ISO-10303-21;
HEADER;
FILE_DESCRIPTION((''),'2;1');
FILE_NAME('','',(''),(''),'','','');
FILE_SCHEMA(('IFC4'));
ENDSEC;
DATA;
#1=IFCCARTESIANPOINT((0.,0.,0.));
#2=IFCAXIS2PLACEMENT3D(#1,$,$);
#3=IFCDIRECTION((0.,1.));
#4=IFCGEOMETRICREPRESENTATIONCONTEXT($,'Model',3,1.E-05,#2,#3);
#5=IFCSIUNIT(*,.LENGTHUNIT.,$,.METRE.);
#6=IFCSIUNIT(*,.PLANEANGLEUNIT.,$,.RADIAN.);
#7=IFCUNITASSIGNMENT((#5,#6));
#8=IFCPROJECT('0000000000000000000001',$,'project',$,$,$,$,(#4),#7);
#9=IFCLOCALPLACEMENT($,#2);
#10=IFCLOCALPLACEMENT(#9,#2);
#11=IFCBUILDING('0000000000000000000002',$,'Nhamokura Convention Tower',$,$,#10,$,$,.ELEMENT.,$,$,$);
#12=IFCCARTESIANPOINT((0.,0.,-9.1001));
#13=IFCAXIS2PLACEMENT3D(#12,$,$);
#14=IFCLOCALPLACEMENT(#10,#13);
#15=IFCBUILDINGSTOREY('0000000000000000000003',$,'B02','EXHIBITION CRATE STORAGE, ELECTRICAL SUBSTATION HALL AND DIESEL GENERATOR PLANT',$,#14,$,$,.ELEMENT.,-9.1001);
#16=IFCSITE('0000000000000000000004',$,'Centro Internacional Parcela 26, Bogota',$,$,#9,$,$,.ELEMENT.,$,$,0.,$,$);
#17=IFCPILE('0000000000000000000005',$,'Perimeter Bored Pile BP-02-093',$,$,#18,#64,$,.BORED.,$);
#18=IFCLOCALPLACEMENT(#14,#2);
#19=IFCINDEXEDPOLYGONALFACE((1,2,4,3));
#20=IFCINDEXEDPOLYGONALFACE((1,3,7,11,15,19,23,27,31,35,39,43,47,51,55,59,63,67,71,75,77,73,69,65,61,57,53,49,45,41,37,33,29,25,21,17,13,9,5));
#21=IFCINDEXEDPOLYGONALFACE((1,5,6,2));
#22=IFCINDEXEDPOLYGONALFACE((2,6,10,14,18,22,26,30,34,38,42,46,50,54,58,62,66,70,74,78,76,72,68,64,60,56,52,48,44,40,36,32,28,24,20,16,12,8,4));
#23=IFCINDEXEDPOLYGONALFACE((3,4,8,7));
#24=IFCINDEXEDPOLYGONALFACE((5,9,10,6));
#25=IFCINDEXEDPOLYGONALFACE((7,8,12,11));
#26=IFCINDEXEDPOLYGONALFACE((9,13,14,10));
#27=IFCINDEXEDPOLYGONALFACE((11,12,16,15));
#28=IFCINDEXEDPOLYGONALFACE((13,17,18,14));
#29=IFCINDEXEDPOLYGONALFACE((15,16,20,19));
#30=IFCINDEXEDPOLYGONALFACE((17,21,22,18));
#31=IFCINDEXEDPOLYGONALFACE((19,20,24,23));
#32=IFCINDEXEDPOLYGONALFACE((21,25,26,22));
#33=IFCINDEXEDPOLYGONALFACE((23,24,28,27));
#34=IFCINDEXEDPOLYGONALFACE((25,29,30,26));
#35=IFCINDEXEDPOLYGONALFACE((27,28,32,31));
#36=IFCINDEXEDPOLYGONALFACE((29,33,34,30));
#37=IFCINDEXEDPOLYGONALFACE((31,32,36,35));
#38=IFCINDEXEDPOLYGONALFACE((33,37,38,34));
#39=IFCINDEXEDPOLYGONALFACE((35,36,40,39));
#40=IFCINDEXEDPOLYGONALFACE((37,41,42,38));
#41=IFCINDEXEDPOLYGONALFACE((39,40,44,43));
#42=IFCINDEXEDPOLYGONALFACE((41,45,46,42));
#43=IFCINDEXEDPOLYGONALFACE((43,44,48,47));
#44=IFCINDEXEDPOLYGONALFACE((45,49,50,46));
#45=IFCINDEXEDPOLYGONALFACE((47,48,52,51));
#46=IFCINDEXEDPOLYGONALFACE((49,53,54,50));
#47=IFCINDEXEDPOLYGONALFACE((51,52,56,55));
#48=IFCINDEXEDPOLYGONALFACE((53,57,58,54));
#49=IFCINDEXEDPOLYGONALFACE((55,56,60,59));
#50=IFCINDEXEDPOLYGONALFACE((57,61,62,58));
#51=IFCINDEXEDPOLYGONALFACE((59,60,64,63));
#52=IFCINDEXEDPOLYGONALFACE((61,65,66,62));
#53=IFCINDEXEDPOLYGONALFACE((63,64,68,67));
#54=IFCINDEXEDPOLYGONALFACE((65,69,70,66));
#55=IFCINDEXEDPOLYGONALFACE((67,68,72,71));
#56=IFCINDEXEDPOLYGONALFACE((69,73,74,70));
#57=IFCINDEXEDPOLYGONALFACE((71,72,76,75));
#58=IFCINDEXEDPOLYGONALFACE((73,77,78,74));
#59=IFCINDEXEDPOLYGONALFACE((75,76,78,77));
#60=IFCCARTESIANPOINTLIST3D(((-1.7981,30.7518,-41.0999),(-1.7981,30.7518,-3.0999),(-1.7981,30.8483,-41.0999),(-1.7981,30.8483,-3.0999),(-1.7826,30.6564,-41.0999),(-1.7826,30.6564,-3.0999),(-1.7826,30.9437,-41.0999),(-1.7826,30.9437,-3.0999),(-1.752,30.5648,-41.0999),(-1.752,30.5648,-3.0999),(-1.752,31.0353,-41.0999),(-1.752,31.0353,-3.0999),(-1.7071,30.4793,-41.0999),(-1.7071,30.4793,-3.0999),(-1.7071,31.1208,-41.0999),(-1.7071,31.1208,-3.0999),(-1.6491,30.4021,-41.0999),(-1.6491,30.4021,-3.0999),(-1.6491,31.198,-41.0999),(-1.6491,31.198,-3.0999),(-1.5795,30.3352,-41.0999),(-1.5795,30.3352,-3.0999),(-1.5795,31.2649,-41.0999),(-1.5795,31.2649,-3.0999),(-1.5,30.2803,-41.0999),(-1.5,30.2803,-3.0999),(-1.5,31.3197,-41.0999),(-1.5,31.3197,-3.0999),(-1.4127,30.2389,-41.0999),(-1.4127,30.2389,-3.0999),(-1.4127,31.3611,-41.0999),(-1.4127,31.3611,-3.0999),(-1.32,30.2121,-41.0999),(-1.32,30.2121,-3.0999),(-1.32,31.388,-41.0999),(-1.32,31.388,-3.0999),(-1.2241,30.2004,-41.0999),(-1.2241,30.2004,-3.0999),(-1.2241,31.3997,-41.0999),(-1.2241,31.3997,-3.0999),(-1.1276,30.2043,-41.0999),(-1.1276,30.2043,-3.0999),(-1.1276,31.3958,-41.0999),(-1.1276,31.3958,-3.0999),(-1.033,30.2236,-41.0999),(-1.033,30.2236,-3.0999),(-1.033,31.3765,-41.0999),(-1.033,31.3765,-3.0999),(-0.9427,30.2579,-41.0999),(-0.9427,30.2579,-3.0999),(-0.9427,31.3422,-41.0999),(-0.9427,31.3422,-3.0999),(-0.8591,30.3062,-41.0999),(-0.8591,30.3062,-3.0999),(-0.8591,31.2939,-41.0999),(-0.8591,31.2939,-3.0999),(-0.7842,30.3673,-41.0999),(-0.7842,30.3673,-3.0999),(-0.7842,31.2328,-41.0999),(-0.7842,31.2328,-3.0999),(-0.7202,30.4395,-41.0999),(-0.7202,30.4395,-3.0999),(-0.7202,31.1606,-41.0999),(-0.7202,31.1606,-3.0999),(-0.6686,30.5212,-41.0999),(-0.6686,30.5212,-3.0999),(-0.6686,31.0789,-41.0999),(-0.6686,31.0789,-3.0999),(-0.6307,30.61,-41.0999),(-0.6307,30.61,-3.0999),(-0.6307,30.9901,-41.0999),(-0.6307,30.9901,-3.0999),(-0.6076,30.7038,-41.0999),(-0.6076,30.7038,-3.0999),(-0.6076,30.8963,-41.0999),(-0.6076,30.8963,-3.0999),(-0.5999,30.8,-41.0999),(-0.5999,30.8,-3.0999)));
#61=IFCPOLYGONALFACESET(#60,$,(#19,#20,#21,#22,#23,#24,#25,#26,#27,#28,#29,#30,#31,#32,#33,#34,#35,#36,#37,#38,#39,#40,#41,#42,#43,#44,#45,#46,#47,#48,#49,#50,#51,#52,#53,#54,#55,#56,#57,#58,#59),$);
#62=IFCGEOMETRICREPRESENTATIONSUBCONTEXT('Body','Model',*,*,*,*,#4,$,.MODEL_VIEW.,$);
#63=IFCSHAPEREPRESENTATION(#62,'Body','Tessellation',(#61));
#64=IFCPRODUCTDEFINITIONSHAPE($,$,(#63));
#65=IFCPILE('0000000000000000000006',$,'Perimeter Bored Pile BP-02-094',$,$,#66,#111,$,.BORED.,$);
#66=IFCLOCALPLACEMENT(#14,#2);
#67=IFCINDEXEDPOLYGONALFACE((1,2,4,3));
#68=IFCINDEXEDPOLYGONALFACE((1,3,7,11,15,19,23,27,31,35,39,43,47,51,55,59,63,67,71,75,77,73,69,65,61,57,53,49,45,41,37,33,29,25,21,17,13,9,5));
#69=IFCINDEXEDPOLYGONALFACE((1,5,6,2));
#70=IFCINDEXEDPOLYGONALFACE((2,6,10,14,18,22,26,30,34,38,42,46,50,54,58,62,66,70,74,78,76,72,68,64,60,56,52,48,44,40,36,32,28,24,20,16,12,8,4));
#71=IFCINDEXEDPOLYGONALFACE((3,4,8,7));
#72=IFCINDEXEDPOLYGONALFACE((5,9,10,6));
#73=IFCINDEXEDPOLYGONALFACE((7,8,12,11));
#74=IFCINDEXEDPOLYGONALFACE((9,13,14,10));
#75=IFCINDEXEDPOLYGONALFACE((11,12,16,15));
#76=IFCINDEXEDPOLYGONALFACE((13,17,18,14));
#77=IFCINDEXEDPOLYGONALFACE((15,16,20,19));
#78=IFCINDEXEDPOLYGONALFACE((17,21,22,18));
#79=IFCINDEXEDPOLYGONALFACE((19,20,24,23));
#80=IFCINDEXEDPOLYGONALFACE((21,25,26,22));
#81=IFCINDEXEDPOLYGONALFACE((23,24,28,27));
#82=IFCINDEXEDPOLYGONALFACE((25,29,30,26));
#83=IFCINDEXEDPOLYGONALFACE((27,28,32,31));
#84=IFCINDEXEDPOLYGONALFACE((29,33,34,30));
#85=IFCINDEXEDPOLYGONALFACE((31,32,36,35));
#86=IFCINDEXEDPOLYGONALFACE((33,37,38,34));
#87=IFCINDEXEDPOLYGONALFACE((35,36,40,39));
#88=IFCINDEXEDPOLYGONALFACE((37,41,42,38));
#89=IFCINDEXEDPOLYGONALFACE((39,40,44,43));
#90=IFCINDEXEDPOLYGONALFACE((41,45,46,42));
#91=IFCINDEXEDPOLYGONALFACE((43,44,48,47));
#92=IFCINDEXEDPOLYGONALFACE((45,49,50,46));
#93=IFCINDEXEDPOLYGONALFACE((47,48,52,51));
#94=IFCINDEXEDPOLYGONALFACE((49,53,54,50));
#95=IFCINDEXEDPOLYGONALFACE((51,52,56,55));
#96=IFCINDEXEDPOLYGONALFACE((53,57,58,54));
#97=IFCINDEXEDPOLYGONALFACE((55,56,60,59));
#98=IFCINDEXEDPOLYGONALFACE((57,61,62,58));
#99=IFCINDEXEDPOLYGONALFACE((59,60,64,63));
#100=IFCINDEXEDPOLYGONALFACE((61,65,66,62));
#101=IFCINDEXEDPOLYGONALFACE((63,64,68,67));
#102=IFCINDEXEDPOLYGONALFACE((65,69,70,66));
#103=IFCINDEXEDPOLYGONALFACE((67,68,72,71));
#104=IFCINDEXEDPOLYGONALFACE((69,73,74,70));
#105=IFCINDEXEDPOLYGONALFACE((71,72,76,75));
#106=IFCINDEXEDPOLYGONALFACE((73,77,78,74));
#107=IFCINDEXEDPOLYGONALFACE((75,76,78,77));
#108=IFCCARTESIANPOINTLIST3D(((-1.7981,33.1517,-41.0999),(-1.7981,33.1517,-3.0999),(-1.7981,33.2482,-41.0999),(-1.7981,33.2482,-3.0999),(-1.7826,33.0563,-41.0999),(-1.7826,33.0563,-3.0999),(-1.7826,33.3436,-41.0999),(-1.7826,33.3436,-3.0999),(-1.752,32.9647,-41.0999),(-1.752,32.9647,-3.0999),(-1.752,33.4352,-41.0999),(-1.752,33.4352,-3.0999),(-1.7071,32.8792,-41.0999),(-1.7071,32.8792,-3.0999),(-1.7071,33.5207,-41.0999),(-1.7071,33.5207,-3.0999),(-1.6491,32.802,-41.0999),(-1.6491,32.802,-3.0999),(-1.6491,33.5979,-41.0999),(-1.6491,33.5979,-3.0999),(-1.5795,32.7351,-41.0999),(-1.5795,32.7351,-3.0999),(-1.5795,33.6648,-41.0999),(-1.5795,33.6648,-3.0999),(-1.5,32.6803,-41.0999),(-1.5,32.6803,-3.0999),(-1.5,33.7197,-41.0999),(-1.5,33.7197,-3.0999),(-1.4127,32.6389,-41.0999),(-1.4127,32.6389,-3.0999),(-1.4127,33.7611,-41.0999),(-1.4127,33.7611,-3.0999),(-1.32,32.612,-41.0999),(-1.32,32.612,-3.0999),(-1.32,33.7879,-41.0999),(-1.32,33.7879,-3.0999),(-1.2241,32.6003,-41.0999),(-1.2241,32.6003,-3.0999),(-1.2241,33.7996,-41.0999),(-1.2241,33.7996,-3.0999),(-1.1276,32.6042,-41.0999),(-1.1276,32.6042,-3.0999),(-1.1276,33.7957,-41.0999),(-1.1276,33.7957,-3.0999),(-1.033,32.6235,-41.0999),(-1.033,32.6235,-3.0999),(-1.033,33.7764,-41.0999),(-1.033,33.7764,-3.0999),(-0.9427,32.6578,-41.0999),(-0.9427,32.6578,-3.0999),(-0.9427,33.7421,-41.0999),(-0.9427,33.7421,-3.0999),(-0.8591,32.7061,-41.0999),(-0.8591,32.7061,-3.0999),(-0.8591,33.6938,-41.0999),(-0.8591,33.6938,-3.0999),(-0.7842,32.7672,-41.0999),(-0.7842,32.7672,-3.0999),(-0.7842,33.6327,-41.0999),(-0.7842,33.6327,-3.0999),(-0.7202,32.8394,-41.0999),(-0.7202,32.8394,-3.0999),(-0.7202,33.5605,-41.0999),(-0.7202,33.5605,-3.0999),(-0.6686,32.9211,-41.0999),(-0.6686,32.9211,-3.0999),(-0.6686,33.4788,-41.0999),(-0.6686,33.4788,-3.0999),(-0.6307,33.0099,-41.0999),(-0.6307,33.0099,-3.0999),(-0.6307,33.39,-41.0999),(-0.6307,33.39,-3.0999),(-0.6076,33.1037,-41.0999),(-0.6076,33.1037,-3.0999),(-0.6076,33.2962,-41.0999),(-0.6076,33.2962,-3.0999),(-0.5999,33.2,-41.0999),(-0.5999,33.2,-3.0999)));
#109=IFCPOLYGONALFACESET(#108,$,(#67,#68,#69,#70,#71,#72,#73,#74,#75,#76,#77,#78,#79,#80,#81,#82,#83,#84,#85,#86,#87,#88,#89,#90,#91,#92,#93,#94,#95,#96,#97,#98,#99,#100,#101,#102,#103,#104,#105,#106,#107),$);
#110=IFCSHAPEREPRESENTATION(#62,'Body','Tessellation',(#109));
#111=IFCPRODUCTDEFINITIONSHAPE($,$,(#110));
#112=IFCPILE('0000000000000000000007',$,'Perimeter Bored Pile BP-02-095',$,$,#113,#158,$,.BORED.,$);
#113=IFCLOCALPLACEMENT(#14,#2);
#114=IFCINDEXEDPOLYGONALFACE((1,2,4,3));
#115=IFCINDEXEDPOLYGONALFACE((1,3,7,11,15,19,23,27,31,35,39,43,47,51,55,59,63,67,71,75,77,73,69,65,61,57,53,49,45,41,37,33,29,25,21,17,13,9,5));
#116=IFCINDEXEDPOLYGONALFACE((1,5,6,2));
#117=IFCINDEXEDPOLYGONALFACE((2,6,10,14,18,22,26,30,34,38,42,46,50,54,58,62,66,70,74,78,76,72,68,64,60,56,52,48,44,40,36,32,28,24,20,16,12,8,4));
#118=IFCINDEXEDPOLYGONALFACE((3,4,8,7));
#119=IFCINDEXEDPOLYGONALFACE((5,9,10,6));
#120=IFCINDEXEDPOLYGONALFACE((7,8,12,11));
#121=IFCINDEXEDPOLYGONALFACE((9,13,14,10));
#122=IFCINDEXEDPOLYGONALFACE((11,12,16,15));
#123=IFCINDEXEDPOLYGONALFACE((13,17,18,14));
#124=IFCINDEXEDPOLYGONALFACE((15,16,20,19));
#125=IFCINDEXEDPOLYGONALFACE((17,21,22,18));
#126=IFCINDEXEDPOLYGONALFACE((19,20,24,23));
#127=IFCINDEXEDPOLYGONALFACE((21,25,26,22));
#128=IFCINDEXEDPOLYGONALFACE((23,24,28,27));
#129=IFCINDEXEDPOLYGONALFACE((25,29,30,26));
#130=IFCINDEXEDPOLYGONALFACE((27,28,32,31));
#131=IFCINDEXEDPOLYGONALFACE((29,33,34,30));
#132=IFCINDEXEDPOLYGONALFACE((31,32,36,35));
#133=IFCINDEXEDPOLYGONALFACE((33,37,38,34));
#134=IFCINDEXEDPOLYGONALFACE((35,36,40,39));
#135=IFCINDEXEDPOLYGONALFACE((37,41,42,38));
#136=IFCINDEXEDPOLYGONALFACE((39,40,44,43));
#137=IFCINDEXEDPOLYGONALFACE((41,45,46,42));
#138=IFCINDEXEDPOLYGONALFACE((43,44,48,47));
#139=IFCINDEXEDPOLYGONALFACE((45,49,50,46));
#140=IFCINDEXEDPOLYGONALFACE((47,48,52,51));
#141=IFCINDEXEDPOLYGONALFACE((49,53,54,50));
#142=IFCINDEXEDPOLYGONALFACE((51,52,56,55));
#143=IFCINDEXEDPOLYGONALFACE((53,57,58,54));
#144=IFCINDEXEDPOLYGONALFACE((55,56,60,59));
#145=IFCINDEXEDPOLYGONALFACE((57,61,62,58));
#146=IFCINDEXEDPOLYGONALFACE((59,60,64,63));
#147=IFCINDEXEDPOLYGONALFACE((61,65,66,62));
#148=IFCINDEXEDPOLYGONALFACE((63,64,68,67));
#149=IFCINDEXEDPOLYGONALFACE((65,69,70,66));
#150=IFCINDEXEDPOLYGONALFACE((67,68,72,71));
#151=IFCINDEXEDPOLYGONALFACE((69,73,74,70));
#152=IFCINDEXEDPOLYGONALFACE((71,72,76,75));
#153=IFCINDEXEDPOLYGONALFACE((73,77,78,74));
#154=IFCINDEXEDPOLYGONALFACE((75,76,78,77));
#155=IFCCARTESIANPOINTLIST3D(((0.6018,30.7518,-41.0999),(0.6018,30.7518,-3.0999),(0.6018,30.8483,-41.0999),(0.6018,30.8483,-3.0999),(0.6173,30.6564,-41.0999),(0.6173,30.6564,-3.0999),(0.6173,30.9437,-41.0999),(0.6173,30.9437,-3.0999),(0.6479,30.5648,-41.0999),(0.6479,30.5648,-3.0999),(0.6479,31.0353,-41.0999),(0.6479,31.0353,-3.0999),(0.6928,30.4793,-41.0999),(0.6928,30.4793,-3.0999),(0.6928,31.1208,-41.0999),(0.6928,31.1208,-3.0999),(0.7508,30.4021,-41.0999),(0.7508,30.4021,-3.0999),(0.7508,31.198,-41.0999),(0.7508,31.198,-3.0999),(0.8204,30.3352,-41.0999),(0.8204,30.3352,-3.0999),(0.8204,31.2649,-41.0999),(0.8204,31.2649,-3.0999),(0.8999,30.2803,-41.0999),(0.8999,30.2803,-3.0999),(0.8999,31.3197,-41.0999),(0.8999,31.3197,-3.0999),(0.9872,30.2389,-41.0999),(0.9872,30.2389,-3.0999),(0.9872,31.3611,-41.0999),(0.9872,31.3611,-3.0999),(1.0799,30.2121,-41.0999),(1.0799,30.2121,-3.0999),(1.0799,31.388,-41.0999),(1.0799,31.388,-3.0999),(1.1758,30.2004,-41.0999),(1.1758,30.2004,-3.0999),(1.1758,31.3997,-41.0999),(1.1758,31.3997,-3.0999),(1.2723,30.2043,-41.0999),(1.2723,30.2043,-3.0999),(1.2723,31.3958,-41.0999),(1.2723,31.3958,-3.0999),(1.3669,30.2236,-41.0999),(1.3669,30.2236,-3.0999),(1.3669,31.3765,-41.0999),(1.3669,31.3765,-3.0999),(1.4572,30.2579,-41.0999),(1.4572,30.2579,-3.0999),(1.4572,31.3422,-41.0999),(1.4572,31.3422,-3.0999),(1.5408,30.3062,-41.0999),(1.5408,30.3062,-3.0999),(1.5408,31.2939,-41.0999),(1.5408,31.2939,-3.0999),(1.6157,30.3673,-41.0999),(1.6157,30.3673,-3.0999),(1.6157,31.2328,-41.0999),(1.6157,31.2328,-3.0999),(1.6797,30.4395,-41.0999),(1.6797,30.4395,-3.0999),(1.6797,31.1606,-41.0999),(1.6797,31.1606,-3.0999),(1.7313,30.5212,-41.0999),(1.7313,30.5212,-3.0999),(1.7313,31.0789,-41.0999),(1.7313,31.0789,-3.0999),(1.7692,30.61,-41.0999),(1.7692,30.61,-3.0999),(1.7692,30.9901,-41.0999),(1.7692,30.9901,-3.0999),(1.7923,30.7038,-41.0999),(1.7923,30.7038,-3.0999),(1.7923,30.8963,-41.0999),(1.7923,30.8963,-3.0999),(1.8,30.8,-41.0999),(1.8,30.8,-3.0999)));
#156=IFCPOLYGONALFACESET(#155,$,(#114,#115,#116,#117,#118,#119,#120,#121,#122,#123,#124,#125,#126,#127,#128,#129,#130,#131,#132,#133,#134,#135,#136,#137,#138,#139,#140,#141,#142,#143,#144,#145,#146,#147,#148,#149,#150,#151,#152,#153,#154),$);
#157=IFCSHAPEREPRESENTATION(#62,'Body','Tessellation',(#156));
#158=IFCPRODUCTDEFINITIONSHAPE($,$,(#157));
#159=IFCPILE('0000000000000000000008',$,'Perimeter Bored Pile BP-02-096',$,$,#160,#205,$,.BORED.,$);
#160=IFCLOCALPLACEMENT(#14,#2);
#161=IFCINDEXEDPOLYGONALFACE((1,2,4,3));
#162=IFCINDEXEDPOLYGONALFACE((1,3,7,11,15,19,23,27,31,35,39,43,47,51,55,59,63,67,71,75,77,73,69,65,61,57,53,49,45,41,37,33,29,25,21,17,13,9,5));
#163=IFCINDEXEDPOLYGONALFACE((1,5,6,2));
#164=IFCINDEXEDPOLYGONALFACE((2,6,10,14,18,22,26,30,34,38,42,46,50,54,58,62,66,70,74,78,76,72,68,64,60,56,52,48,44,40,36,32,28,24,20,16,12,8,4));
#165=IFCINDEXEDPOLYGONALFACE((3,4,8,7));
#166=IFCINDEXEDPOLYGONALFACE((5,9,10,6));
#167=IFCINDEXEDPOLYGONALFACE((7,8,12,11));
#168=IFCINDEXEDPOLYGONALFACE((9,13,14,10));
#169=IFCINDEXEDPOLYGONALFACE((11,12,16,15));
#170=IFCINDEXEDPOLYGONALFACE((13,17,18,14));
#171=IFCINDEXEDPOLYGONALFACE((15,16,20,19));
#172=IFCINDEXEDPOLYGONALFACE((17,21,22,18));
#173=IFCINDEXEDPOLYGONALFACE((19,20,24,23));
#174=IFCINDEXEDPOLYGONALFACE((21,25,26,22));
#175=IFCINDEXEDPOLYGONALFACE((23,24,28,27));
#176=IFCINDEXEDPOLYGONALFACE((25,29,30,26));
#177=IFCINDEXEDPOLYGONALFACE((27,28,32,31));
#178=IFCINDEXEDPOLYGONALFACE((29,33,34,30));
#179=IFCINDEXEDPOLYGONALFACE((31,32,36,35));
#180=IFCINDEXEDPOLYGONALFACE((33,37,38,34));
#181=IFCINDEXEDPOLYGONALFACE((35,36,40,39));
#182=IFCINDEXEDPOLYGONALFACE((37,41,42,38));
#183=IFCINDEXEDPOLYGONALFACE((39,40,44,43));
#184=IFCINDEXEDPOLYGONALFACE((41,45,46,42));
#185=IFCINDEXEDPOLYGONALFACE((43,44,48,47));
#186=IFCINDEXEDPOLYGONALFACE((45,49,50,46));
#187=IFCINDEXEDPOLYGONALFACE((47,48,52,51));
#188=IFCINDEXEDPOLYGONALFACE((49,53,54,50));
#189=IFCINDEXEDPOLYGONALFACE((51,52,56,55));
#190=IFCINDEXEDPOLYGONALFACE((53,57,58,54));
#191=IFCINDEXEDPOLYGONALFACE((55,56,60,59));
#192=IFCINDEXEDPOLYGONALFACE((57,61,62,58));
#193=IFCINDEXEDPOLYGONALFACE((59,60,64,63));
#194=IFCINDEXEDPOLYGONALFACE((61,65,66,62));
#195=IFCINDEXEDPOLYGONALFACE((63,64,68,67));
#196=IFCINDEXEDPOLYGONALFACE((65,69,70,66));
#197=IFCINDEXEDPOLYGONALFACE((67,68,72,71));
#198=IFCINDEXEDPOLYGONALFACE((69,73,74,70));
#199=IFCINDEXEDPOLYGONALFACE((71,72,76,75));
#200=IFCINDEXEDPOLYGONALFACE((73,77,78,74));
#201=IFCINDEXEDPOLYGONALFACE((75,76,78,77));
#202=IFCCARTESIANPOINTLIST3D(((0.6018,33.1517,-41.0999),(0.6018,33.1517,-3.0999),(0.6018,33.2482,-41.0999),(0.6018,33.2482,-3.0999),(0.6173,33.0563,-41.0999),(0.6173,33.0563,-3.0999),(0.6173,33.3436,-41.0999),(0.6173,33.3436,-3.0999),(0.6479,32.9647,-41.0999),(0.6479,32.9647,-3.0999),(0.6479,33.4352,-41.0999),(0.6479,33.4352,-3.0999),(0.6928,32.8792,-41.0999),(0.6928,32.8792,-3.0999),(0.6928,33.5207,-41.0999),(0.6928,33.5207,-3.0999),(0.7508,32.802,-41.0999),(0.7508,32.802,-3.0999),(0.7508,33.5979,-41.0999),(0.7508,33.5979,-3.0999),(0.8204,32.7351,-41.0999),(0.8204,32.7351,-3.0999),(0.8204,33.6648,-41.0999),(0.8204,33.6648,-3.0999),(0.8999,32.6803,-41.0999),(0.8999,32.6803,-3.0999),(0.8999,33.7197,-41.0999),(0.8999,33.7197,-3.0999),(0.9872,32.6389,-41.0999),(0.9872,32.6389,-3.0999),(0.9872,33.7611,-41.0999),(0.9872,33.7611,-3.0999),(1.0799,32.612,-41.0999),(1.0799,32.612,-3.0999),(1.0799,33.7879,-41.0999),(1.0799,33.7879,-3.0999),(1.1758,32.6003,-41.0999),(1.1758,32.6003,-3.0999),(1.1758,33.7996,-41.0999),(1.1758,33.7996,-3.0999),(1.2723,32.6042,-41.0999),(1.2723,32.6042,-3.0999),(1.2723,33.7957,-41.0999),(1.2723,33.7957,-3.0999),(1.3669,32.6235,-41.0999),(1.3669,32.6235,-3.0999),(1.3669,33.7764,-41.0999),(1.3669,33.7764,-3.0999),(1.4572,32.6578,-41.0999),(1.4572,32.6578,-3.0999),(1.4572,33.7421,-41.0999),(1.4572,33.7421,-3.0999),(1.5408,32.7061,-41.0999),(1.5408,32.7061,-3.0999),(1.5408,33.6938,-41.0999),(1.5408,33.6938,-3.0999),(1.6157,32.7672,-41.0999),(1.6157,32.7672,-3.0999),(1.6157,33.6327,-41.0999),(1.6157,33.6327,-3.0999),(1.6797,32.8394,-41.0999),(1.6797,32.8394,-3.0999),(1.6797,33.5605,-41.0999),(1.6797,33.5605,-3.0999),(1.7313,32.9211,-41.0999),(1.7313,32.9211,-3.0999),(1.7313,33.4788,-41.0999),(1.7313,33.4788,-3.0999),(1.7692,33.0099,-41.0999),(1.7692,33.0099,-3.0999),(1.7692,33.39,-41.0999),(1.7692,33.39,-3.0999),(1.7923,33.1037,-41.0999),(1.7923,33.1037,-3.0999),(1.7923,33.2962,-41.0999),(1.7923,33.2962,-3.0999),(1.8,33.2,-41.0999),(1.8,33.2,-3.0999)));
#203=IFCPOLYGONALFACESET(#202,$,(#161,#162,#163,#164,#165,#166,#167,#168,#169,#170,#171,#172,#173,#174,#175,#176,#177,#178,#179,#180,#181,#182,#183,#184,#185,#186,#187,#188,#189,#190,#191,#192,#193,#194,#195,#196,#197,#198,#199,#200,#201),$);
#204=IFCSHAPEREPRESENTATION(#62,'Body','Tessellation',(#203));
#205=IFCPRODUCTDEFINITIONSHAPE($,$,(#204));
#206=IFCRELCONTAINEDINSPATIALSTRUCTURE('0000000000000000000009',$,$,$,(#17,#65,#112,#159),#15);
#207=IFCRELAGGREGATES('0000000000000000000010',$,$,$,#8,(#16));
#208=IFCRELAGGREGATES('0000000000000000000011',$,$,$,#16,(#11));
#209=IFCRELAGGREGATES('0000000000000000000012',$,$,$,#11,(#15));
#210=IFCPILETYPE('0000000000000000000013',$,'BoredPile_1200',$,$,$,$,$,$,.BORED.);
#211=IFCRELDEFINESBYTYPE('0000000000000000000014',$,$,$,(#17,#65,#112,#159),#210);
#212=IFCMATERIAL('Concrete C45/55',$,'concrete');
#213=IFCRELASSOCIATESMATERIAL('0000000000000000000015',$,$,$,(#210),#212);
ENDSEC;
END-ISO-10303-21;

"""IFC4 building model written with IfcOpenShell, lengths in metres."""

from ifc_helpers import new_model, si_unit, direction, frame, origin, origin_2d, place, context, subcontext, project, spatial, circle, extrude, material, material_profile, profile_set, type_object, element, save


model = new_model("IFC4")

# Units and contexts
model_context = context("Model", 3, precision=1e-05, world=origin(), true_north=direction((0.0, 1.0)))
body_context = subcontext(model_context, "Body", "Model", "MODEL_VIEW")
ifc_project = project(units=[si_unit("LENGTHUNIT", "METRE"), si_unit("PLANEANGLEUNIT", "RADIAN")], contexts=[model_context])

# Site, building, storey
site_placement = place(None, origin())
site = spatial("IfcSite", under=ifc_project, at=site_placement, Name="Centro Internacional Parcela 26, Bogota", CompositionType="ELEMENT", RefElevation=0.0)
building_placement = place(site_placement, origin())
building = spatial("IfcBuilding", under=site, at=building_placement, Name="Nhamokura Convention Tower", CompositionType="ELEMENT")
storey_placement = place(building_placement, frame((0.0, 0.0, -9.1001)))
storey = spatial("IfcBuildingStorey", under=building, at=storey_placement, Name="B02", Description="EXHIBITION CRATE STORAGE, ELECTRICAL SUBSTATION HALL AND DIESEL GENERATOR PLANT", CompositionType="ELEMENT", Elevation=-9.1001)

# Piles
ifc_material_1 = material(Name="Concrete C45/55", Category="concrete")
ifc_material_profile_1 = material_profile(ifc_material_1, circle(Radius=0.6001, at=origin_2d()))
ifc_profile_set_1 = profile_set([ifc_material_profile_1], Name="Concrete C45/55")
pile_type = type_object("IfcPileType", Name="BoredPile_1200", PredefinedType="BORED", material=ifc_profile_set_1)
for number, where, z_axis, x_axis, name in (
    (1, (-1.2, 30.8, -3.0999), (0.0, 0.0, -1.0), (1.0, 0.0, 0.0), "Perimeter Bored Pile BP-02-093"),
    (2, (-1.2, 33.2, -3.0999), (0.0, 0.0, -1.0), (1.0, 0.0, 0.0), "Perimeter Bored Pile BP-02-094"),
    (3, (1.2, 30.8, -3.0999), (0.0, 0.0, -1.0), (1.0, 0.0, 0.0), "Perimeter Bored Pile BP-02-095"),
    (4, (1.2, 33.2, -3.0999), (0.0, 0.0, -1.0), (1.0, 0.0, 0.0), "Perimeter Bored Pile BP-02-096"),
):
    element("IfcPile", number, at=place(storey_placement, frame(where, z_axis=z_axis, x_axis=x_axis)), inside=storey, type_object=pile_type, Name=name, PredefinedType="BORED", context=body_context, shape_type="SweptSolid", body=[
        extrude(circle(Radius=0.6001, at=origin_2d()), origin(), (0.0, 0.0, 1.0), 38.0),
    ])

save(model, "model.ifc")
